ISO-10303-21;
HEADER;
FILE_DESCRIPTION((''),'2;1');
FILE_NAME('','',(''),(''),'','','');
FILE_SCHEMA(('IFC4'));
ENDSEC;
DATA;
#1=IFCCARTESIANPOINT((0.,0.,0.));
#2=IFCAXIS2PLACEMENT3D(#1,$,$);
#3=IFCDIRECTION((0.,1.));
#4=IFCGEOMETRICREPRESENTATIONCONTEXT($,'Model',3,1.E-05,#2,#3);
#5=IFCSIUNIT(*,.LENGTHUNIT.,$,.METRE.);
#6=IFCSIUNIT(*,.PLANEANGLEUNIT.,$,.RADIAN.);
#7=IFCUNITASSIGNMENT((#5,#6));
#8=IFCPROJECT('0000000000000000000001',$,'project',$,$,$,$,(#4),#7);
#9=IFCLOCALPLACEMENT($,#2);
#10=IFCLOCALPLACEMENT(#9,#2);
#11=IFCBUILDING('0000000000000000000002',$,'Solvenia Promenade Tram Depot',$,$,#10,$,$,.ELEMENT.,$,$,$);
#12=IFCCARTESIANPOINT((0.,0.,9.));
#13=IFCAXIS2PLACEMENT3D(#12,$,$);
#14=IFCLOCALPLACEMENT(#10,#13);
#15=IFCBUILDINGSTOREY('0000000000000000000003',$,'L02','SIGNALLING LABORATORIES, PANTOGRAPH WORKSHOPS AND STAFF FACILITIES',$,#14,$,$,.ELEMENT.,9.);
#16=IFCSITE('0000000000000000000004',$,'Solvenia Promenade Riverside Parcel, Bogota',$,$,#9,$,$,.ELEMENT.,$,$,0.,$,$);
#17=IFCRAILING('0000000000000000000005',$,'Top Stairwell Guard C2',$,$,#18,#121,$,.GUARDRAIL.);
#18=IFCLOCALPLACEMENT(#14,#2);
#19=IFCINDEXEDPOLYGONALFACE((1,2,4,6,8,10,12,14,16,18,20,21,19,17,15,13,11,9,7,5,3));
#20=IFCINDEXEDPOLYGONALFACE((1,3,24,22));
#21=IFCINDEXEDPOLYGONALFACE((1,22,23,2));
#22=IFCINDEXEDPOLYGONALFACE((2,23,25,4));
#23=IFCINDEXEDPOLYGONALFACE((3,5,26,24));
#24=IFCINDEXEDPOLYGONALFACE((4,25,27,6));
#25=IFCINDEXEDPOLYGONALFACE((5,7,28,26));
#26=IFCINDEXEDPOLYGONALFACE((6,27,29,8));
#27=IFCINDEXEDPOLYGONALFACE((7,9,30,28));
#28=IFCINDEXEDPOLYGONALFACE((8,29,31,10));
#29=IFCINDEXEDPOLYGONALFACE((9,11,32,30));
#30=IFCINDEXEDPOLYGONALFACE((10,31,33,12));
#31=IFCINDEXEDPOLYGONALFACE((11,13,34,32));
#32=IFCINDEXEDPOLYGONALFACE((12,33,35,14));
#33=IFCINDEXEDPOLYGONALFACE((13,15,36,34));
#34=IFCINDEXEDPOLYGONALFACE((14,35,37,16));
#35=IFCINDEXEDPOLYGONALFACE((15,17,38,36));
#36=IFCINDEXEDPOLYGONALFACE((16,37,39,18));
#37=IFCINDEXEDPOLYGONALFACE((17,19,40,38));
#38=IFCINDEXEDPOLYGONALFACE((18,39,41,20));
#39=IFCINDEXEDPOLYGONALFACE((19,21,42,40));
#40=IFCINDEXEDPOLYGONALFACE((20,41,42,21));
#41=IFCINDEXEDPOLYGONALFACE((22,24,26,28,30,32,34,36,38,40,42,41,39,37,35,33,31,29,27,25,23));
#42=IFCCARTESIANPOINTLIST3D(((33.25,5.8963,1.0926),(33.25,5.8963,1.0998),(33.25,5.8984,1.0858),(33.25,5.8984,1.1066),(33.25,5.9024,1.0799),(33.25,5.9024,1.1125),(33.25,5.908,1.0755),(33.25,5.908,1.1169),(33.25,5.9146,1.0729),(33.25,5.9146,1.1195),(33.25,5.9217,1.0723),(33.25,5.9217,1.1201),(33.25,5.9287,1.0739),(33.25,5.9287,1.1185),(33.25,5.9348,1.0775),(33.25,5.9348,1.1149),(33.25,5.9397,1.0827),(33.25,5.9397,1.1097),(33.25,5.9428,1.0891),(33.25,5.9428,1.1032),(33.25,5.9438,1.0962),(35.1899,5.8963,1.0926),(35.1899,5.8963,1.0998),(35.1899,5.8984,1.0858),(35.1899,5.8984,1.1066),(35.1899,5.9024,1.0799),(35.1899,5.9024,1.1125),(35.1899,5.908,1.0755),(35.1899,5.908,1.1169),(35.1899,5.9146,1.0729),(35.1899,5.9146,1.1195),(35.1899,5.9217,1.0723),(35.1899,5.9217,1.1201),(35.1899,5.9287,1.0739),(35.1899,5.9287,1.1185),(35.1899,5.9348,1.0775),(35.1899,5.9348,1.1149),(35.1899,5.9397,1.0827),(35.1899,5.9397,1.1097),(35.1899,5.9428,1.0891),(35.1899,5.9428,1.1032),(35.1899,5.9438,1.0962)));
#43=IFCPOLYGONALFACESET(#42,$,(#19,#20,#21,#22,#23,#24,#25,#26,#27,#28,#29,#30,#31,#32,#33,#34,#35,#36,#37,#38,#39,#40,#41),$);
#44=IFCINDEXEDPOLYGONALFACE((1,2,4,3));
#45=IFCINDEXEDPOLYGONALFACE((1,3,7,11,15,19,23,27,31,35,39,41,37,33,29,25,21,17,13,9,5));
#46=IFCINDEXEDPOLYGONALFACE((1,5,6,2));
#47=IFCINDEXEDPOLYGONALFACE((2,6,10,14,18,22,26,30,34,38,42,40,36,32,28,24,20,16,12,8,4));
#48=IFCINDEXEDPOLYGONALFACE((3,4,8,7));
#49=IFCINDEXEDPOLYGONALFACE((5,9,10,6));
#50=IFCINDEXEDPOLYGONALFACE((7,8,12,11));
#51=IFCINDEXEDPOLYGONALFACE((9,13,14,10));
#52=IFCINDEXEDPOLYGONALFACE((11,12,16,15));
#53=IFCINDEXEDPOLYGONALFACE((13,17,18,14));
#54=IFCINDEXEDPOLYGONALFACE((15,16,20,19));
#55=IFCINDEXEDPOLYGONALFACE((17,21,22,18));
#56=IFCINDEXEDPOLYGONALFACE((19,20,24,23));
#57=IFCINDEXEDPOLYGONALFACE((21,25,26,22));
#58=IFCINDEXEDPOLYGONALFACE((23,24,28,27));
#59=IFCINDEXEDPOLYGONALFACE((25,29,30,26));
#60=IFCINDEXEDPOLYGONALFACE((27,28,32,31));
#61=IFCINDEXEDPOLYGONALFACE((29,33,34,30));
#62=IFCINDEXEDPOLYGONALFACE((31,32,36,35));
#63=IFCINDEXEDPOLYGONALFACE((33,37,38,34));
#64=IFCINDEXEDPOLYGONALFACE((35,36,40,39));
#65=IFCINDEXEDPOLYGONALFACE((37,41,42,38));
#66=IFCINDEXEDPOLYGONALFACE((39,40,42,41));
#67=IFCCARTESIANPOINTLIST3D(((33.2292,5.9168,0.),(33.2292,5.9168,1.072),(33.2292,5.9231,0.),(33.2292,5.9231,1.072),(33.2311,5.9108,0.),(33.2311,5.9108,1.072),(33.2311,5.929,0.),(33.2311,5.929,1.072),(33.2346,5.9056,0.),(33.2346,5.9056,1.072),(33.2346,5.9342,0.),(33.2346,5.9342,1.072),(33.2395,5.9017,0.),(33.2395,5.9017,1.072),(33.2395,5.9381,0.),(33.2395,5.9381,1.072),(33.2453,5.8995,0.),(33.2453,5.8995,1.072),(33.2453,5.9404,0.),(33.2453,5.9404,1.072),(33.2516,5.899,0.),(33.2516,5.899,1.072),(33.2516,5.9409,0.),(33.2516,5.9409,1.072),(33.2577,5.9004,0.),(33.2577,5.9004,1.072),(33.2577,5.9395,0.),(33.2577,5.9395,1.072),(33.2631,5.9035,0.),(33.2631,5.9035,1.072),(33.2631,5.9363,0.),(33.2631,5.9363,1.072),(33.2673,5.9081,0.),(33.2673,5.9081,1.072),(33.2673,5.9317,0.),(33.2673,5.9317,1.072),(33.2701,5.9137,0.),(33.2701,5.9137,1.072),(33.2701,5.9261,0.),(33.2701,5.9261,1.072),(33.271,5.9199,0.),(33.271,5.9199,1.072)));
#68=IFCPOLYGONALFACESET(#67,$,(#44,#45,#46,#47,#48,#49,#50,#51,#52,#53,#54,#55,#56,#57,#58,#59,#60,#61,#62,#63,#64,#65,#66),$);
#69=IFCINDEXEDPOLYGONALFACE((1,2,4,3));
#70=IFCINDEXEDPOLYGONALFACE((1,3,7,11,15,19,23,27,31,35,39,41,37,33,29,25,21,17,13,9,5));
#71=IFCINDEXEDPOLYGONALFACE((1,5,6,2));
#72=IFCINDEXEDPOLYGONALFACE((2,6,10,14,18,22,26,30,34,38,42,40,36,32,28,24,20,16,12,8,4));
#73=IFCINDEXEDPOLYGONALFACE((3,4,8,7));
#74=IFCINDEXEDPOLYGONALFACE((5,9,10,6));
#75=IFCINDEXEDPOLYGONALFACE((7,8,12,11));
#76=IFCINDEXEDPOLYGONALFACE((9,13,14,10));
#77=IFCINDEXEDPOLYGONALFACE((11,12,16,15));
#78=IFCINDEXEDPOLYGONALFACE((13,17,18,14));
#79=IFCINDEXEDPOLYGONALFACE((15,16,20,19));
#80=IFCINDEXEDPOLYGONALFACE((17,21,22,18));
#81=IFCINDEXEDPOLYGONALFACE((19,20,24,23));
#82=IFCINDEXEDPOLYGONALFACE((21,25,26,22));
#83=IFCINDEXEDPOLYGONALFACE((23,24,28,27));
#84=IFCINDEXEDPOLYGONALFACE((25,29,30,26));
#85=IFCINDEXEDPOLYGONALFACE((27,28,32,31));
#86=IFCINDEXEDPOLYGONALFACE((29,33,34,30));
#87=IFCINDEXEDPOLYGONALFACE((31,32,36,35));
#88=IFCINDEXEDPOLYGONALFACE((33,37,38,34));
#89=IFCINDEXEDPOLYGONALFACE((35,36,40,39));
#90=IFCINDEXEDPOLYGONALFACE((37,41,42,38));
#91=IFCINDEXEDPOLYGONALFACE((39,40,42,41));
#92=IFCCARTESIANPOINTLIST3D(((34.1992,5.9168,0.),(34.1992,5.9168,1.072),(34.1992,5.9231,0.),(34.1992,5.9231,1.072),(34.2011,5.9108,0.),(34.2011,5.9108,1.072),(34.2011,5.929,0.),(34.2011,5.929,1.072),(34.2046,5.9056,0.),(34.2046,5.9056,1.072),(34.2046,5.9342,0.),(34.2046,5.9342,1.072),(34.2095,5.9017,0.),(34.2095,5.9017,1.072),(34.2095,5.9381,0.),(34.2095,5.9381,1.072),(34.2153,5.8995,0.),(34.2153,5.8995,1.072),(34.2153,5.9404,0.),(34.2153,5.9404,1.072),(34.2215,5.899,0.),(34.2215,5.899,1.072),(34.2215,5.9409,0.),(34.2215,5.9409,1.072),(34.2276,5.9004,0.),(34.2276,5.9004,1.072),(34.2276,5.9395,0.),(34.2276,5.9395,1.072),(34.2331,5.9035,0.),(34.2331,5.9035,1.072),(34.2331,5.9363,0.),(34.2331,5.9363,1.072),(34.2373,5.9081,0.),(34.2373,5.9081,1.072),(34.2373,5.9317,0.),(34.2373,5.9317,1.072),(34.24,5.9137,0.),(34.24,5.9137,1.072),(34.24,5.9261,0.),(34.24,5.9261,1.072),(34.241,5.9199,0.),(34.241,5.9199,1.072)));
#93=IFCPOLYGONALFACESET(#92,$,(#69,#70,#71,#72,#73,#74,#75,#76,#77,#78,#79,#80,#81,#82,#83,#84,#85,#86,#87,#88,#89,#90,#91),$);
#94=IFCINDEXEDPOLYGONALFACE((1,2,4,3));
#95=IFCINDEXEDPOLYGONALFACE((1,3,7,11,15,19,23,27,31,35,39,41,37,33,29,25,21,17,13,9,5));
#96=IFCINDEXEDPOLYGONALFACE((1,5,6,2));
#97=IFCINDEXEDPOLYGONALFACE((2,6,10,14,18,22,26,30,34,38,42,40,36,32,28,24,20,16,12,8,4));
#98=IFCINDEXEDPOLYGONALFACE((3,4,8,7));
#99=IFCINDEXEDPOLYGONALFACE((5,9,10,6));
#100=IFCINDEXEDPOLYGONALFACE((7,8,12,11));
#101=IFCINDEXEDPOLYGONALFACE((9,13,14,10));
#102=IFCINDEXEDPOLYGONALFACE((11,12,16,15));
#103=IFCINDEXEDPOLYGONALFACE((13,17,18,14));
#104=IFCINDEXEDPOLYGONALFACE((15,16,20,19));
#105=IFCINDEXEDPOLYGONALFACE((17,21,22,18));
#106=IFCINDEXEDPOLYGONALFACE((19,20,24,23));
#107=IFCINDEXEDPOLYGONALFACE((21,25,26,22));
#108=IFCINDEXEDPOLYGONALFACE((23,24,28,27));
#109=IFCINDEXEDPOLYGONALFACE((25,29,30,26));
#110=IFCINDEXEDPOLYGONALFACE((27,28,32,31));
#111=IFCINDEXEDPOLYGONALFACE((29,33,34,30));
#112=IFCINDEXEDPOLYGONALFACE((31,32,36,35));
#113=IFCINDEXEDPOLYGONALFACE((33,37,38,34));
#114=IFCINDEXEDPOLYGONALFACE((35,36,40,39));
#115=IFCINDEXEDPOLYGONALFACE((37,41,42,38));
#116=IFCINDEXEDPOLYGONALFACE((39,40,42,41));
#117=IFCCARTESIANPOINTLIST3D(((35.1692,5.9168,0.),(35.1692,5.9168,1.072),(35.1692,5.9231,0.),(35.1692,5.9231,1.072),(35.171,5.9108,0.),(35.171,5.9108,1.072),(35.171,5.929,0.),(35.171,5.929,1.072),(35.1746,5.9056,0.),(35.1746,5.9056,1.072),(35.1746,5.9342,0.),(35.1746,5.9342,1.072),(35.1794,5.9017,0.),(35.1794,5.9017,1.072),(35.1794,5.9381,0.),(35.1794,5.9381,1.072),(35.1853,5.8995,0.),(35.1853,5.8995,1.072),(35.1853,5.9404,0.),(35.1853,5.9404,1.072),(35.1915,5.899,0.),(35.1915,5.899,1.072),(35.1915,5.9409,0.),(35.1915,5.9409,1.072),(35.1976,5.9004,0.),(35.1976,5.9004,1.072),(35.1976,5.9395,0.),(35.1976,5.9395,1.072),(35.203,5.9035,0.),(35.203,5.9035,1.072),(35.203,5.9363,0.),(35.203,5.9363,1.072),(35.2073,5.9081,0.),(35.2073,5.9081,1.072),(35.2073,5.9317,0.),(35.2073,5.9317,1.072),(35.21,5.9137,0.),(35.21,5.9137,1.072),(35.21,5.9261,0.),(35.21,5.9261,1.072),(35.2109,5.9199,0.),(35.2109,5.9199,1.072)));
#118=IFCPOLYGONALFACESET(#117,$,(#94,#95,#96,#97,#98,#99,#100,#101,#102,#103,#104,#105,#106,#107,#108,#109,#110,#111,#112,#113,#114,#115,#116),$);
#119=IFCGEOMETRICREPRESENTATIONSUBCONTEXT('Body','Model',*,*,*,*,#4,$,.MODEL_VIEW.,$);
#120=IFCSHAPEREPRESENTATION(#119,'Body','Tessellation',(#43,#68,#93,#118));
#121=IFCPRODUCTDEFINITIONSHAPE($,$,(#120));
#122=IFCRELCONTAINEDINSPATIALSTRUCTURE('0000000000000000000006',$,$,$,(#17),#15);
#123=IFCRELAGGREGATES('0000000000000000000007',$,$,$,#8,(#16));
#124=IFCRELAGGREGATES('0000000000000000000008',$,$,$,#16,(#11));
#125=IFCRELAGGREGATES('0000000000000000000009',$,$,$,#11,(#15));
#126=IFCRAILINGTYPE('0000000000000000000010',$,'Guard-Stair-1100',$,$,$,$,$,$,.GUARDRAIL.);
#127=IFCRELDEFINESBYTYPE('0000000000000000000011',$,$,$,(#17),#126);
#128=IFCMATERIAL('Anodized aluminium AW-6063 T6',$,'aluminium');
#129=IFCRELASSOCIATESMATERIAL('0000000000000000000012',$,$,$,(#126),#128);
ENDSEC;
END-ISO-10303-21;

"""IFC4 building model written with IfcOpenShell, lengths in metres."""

from ifc_helpers import new_model, si_unit, direction, frame, origin, origin_2d, place, context, subcontext, project, spatial, circle, extrude, material, type_object, element, save


model = new_model("IFC4")

# Units and contexts
model_context = context("Model", 3, precision=1e-05, world=origin(), true_north=direction((0.0, 1.0)))
body_context = subcontext(model_context, "Body", "Model", "MODEL_VIEW")
ifc_project = project(units=[si_unit("LENGTHUNIT", "METRE"), si_unit("PLANEANGLEUNIT", "RADIAN")], contexts=[model_context])

# Site, building, storey
site_placement = place(None, origin())
site = spatial("IfcSite", under=ifc_project, at=site_placement, Name="Solvenia Promenade Riverside Parcel, Bogota", CompositionType="ELEMENT", RefElevation=0.0)
building_placement = place(site_placement, origin())
building = spatial("IfcBuilding", under=site, at=building_placement, Name="Solvenia Promenade Tram Depot", CompositionType="ELEMENT")
storey_placement = place(building_placement, frame((0.0, 0.0, 9.0)))
storey = spatial("IfcBuildingStorey", under=building, at=storey_placement, Name="L02", Description="SIGNALLING LABORATORIES, PANTOGRAPH WORKSHOPS AND STAFF FACILITIES", CompositionType="ELEMENT", Elevation=9.0)

# Railing
ifc_material_1 = material(Name="Anodized aluminium AW-6063 T6", Category="aluminium")
railing_type = type_object("IfcRailingType", Name="Guard-Stair-1100", PredefinedType="GUARDRAIL", material=ifc_material_1)
railing_placement = place(storey_placement, frame((33.25, 5.9199, 0.0)))
element("IfcRailing", 1, at=railing_placement, inside=storey, type_object=railing_type, Name="Top Stairwell Guard C2", PredefinedType="GUARDRAIL", context=body_context, shape_type="SweptSolid", body=[
    extrude(circle(Radius=0.0239, at=origin_2d()), frame((0.0, 0.0, 1.0962), z_axis=(1.0, 0.0, 0.0), x_axis=(0.0, 1.0, 0.0)), (0.0, 0.0, 1.0), 1.9399),
    extrude(circle(Radius=0.021, at=origin_2d()), origin(), (0.0, 0.0, 1.0), 1.072),
    extrude(circle(Radius=0.021, at=origin_2d()), frame((0.97, 0.0, 0.0)), (0.0, 0.0, 1.0), 1.072),
    extrude(circle(Radius=0.021, at=origin_2d()), frame((1.9399, 0.0, 0.0)), (0.0, 0.0, 1.0), 1.072),
])

save(model, "model.ifc")
